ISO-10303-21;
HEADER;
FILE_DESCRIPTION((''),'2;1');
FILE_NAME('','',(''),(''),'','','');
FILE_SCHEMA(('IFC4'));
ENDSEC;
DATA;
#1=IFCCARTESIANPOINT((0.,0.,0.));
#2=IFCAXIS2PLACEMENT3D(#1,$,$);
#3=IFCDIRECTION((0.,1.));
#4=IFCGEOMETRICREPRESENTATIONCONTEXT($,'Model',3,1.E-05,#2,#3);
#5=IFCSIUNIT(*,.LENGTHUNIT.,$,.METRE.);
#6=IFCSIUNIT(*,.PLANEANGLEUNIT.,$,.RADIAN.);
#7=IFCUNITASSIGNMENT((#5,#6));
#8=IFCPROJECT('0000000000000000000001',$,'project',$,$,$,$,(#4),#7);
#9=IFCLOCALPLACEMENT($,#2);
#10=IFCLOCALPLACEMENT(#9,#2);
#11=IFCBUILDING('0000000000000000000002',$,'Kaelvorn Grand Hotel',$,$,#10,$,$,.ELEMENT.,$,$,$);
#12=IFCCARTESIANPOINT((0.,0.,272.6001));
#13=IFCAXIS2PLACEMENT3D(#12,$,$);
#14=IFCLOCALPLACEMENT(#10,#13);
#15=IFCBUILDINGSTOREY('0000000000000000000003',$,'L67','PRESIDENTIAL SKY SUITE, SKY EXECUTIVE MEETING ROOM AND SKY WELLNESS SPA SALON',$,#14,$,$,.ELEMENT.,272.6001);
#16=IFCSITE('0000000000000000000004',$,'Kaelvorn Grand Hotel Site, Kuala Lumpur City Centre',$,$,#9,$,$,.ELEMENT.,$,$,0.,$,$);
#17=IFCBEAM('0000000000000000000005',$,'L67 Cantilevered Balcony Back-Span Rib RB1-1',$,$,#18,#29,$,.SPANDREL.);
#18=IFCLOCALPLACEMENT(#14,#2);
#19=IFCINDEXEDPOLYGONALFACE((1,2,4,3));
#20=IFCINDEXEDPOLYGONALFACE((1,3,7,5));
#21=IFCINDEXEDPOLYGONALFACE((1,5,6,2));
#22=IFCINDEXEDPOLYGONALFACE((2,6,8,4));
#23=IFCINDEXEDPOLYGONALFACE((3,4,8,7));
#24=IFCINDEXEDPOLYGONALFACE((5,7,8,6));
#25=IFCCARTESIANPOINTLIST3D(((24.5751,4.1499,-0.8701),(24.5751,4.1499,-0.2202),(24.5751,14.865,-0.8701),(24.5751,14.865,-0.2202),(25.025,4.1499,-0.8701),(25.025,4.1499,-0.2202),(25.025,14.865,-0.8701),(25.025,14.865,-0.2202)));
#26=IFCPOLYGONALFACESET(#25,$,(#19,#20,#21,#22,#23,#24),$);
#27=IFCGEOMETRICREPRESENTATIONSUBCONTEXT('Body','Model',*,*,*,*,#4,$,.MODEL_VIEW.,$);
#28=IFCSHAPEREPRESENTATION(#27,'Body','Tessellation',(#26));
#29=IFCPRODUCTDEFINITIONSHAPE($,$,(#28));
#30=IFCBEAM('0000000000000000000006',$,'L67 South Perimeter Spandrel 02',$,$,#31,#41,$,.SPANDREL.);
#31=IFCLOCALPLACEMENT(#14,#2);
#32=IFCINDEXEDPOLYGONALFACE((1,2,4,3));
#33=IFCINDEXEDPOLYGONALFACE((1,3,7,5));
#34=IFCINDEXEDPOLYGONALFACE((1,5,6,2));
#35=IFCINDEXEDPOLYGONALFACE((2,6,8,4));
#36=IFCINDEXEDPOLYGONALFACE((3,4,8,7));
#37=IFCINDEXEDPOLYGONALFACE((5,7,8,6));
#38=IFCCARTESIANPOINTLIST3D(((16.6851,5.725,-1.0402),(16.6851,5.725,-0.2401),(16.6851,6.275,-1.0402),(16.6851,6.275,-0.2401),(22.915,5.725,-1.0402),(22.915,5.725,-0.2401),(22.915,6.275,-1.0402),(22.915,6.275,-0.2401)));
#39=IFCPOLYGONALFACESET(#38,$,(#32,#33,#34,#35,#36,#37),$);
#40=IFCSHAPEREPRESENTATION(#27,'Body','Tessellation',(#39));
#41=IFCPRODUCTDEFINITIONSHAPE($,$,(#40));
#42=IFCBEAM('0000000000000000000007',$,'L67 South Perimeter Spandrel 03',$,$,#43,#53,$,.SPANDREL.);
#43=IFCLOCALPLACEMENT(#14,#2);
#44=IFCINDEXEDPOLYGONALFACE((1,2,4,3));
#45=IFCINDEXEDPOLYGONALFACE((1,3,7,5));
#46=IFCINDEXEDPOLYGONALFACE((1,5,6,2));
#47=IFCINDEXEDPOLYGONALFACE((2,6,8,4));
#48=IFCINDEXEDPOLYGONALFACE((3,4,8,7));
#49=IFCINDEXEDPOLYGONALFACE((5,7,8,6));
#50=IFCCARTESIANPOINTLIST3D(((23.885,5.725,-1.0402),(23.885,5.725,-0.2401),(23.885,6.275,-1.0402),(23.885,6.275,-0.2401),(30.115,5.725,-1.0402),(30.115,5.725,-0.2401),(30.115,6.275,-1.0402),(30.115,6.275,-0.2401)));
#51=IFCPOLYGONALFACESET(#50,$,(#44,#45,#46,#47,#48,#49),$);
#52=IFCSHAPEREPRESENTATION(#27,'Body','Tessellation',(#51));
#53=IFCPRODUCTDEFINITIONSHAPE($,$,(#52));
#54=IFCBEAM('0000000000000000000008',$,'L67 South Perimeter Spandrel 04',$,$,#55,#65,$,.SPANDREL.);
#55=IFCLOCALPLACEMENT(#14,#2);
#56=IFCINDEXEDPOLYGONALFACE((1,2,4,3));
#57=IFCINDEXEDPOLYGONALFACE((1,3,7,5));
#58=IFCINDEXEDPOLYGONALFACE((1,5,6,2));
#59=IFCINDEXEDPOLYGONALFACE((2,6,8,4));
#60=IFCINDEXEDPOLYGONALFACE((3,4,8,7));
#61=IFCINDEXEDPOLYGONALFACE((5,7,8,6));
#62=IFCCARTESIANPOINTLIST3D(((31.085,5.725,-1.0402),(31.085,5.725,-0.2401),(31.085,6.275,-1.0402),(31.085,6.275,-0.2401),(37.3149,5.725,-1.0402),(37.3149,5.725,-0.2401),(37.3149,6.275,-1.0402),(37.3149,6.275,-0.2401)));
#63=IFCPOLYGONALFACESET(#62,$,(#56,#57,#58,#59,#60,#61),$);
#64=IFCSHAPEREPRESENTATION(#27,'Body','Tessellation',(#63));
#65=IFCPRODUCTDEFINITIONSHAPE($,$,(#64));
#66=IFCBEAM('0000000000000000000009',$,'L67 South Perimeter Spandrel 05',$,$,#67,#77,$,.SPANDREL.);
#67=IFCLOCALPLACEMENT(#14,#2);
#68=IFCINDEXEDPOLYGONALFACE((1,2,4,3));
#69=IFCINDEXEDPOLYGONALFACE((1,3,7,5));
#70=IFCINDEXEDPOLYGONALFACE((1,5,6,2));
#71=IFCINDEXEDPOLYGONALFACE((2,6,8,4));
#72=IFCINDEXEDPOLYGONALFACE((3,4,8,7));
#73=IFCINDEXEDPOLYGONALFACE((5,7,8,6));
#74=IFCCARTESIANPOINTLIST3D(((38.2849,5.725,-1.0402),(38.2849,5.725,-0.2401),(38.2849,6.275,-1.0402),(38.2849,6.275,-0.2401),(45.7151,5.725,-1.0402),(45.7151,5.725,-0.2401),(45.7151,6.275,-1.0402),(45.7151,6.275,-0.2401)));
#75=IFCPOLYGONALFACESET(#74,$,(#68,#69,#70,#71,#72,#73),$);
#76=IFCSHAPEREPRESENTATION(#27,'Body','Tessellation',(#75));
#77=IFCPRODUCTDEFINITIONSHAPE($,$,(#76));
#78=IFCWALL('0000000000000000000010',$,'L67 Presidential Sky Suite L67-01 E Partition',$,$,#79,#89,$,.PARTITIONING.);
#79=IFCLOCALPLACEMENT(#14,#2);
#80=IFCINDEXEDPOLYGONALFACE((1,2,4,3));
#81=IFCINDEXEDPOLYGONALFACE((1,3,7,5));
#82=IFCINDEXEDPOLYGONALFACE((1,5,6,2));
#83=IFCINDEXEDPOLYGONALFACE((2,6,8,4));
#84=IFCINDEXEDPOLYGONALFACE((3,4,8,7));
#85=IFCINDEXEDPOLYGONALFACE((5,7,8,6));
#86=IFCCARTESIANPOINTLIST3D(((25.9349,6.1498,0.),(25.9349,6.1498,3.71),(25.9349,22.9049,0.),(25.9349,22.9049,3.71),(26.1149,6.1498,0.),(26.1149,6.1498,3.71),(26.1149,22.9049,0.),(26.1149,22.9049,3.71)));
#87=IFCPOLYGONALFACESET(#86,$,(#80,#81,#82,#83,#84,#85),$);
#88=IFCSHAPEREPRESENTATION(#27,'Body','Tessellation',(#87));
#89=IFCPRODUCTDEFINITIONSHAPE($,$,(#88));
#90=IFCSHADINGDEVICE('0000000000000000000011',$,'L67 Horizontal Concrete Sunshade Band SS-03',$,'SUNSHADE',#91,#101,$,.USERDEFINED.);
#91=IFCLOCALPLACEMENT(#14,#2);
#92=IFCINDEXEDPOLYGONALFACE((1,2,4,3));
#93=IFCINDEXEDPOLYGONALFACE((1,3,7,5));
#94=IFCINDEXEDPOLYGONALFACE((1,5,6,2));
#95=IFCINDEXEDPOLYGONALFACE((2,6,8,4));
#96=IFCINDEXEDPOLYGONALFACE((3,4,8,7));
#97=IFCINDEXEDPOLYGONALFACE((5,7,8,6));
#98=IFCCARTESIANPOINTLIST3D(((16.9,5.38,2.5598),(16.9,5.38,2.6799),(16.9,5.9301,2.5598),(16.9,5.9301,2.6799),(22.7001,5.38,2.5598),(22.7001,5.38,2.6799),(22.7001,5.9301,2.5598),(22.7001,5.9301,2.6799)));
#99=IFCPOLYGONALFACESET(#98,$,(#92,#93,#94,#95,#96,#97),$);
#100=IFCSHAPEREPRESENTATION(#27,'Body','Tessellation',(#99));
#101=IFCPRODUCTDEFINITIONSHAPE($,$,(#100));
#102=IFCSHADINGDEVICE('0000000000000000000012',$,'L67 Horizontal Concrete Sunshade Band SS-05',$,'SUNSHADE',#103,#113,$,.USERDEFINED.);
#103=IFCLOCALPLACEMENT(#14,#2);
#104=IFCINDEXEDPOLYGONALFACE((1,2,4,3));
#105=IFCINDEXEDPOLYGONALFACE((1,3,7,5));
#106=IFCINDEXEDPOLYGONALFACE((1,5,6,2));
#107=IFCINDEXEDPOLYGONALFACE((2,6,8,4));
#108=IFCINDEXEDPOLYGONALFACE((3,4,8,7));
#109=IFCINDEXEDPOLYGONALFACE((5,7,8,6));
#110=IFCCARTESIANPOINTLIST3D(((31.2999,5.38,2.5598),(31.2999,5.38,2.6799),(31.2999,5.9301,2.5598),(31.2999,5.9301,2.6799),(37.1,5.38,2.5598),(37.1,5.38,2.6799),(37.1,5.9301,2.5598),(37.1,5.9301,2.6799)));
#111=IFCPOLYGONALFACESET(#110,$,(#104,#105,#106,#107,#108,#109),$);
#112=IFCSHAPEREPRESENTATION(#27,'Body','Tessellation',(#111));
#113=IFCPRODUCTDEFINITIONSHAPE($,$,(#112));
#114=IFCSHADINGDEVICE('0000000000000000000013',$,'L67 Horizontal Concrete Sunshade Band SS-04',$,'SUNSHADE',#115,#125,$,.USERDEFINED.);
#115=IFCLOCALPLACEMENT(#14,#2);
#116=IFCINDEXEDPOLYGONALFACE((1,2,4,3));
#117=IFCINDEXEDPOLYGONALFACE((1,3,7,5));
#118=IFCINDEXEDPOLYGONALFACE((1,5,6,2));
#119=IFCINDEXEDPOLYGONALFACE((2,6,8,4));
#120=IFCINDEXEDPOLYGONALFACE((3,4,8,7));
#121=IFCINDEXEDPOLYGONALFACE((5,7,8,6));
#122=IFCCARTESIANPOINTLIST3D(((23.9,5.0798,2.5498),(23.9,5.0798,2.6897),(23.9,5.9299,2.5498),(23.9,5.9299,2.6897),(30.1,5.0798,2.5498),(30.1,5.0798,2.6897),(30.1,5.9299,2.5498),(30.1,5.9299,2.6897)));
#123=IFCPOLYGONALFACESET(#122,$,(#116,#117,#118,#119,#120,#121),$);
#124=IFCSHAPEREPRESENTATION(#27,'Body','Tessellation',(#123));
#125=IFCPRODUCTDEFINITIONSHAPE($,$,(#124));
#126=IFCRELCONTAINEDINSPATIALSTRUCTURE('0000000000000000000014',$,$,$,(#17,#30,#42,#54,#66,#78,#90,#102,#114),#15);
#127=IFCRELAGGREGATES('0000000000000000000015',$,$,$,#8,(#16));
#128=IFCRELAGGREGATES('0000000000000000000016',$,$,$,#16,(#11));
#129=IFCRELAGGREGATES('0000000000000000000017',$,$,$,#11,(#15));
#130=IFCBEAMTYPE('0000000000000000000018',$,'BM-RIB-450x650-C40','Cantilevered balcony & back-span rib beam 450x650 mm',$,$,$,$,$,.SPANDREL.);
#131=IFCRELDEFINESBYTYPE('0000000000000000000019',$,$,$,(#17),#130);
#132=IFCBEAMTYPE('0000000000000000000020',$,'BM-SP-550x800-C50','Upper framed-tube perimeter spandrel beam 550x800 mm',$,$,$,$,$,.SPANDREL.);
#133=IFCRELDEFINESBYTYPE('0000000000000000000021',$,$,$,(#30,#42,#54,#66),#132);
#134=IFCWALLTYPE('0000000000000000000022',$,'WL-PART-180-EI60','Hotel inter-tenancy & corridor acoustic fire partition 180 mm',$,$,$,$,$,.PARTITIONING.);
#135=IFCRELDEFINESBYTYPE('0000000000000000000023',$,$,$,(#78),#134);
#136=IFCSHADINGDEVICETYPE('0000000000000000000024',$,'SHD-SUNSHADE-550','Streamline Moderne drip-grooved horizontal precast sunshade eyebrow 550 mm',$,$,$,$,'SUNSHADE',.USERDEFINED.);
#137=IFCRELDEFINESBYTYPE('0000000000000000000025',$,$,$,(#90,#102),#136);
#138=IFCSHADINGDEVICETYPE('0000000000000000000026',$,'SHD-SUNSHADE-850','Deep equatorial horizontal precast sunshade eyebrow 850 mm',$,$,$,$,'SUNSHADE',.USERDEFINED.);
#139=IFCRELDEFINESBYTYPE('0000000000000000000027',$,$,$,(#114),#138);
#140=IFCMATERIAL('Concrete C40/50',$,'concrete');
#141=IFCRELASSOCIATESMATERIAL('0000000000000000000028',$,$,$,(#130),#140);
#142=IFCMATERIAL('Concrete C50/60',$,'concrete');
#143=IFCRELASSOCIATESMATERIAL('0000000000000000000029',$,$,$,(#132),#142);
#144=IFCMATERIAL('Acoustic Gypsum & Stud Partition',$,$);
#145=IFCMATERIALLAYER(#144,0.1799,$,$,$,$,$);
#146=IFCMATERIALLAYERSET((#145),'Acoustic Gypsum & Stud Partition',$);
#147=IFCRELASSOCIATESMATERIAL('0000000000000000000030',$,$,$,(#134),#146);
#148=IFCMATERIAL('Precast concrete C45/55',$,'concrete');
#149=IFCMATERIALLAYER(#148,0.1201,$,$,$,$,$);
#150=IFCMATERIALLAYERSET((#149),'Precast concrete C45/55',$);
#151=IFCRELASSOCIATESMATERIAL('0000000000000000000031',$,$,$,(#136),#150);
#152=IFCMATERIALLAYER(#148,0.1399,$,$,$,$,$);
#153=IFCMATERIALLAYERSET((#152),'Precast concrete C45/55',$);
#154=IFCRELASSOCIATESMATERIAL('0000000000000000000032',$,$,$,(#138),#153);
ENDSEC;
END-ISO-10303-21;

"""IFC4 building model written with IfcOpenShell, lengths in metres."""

from ifc_helpers import new_model, si_unit, direction, frame, frame_2d, origin, origin_2d, place, context, subcontext, project, spatial, rectangle, extrude, material, layer, layer_set, material_profile, profile_set, type_object, element, save


model = new_model("IFC4")

# Units and contexts
model_context = context("Model", 3, precision=1e-05, world=origin(), true_north=direction((0.0, 1.0)))
body_context = subcontext(model_context, "Body", "Model", "MODEL_VIEW")
ifc_project = project(units=[si_unit("LENGTHUNIT", "METRE"), si_unit("PLANEANGLEUNIT", "RADIAN")], contexts=[model_context])

# Site, building, storey
site_placement = place(None, origin())
site = spatial("IfcSite", under=ifc_project, at=site_placement, Name="Kaelvorn Grand Hotel Site, Kuala Lumpur City Centre", CompositionType="ELEMENT", RefElevation=0.0)
building_placement = place(site_placement, origin())
building = spatial("IfcBuilding", under=site, at=building_placement, Name="Kaelvorn Grand Hotel", CompositionType="ELEMENT")
storey_placement = place(building_placement, frame((0.0, 0.0, 272.6001)))
storey = spatial("IfcBuildingStorey", under=building, at=storey_placement, Name="L67", Description="PRESIDENTIAL SKY SUITE, SKY EXECUTIVE MEETING ROOM AND SKY WELLNESS SPA SALON", CompositionType="ELEMENT", Elevation=272.6001)

# Shared definitions
ifc_material_1 = material(Name="Concrete C50/60", Category="concrete")

# Beams
ifc_material_2 = material(Name="Concrete C40/50", Category="concrete")
ifc_material_profile_1 = material_profile(ifc_material_2, rectangle(XDim=0.45, YDim=0.6499, at=origin_2d()), Name="RC RIB 450x650")
ifc_profile_set_1 = profile_set([ifc_material_profile_1], Name="Concrete C40/50")
beam_type_1 = type_object("IfcBeamType", Name="BM-RIB-450x650-C40", Description="Cantilevered balcony & back-span rib beam 450x650 mm", PredefinedType="SPANDREL", material=ifc_profile_set_1)
beam_1_placement = place(storey_placement, frame((24.8, 4.1499, -0.5452), z_axis=(0.0, 1.0, 0.0), x_axis=(-1.0, 0.0, 0.0)))
element("IfcBeam", 1, at=beam_1_placement, inside=storey, type_object=beam_type_1, Name="L67 Cantilevered Balcony Back-Span Rib RB1-1", PredefinedType="SPANDREL", context=body_context, shape_type="SweptSolid", body=[
    extrude(rectangle(XDim=0.45, YDim=0.6499, at=origin_2d()), origin(), (0.0, 0.0, 1.0), 10.7151),
])
ifc_material_profile_2 = material_profile(ifc_material_1, rectangle(XDim=0.55, YDim=0.8, at=origin_2d()), Name="RC SPANDREL 550x800")
ifc_profile_set_2 = profile_set([ifc_material_profile_2], Name="Concrete C50/60")
beam_type_2 = type_object("IfcBeamType", Name="BM-SP-550x800-C50", Description="Upper framed-tube perimeter spandrel beam 550x800 mm", PredefinedType="SPANDREL", material=ifc_profile_set_2)
for number, where, z_axis, x_axis, name in (
    (2, (16.6851, 6.0, -0.6401), (1.0, 0.0, 0.0), (0.0, 1.0, 0.0), "L67 South Perimeter Spandrel 02"),
    (3, (23.885, 6.0, -0.6401), (1.0, 0.0, 0.0), (0.0, 1.0, 0.0), "L67 South Perimeter Spandrel 03"),
    (4, (31.085, 6.0, -0.6401), (1.0, 0.0, 0.0), (0.0, 1.0, 0.0), "L67 South Perimeter Spandrel 04"),
):
    element("IfcBeam", number, at=place(storey_placement, frame(where, z_axis=z_axis, x_axis=x_axis)), inside=storey, type_object=beam_type_2, Name=name, PredefinedType="SPANDREL", context=body_context, shape_type="SweptSolid", body=[
        extrude(rectangle(XDim=0.55, YDim=0.8, at=origin_2d()), origin(), (0.0, 0.0, 1.0), 6.23),
    ])
beam_2_placement = place(storey_placement, frame((38.2849, 6.0, -0.6401), z_axis=(1.0, 0.0, 0.0), x_axis=(0.0, 1.0, 0.0)))
element("IfcBeam", 5, at=beam_2_placement, inside=storey, type_object=beam_type_2, Name="L67 South Perimeter Spandrel 05", PredefinedType="SPANDREL", context=body_context, shape_type="SweptSolid", body=[
    extrude(rectangle(XDim=0.55, YDim=0.8, at=origin_2d()), origin(), (0.0, 0.0, 1.0), 7.4302),
])

# Wall
ifc_material_3 = material(Name="Acoustic Gypsum & Stud Partition")
ifc_layer_1 = layer(ifc_material_3, 0.1799)
ifc_layer_set_1 = layer_set([ifc_layer_1], Name="Acoustic Gypsum & Stud Partition")
wall_type = type_object("IfcWallType", Name="WL-PART-180-EI60", Description="Hotel inter-tenancy & corridor acoustic fire partition 180 mm", PredefinedType="PARTITIONING", material=ifc_layer_set_1)
wall_placement = place(storey_placement, frame((26.0249, 6.1499, 0.0), z_axis=(0.0, 0.0, 1.0), x_axis=(0.0, 1.0, 0.0)))
element("IfcWall", 6, at=wall_placement, inside=storey, type_object=wall_type, Name="L67 Presidential Sky Suite L67-01 E Partition", PredefinedType="PARTITIONING", context=body_context, shape_type="SweptSolid", body=[
    extrude(rectangle(XDim=16.7551, YDim=0.1799, at=frame_2d((8.3774, 0.0))), origin(), (0.0, 0.0, 1.0), 3.71),
])

# Shading devices
ifc_material_4 = material(Name="Precast concrete C45/55", Category="concrete")
ifc_layer_2 = layer(ifc_material_4, 0.1201)
ifc_layer_set_2 = layer_set([ifc_layer_2], Name="Precast concrete C45/55")
shading_device_type_1 = type_object("IfcShadingDeviceType", Name="SHD-SUNSHADE-550", Description="Streamline Moderne drip-grooved horizontal precast sunshade eyebrow 550 mm", ElementType="SUNSHADE", PredefinedType="USERDEFINED", material=ifc_layer_set_2)
for number, where, z_axis, x_axis, name in (
    (7, (19.8, 5.655, 2.5598), (0.0, 0.0, 1.0), (1.0, 0.0, 0.0), "L67 Horizontal Concrete Sunshade Band SS-03"),
    (8, (34.2, 5.655, 2.5598), (0.0, 0.0, 1.0), (1.0, 0.0, 0.0), "L67 Horizontal Concrete Sunshade Band SS-05"),
):
    element("IfcShadingDevice", number, at=place(storey_placement, frame(where, z_axis=z_axis, x_axis=x_axis)), inside=storey, type_object=shading_device_type_1, Name=name, ObjectType="SUNSHADE", PredefinedType="USERDEFINED", context=body_context, shape_type="SweptSolid", body=[
        extrude(rectangle(XDim=5.8, YDim=0.55, at=origin_2d()), origin(), (0.0, 0.0, 1.0), 0.1201),
    ])
ifc_layer_3 = layer(ifc_material_4, 0.1399)
ifc_layer_set_3 = layer_set([ifc_layer_3], Name="Precast concrete C45/55")
shading_device_type_2 = type_object("IfcShadingDeviceType", Name="SHD-SUNSHADE-850", Description="Deep equatorial horizontal precast sunshade eyebrow 850 mm", ElementType="SUNSHADE", PredefinedType="USERDEFINED", material=ifc_layer_set_3)
shading_device_placement = place(storey_placement, frame((27.0, 5.5049, 2.5498), z_axis=(0.0, 0.0, 1.0), x_axis=(1.0, 0.0, 0.0)))
element("IfcShadingDevice", 9, at=shading_device_placement, inside=storey, type_object=shading_device_type_2, Name="L67 Horizontal Concrete Sunshade Band SS-04", ObjectType="SUNSHADE", PredefinedType="USERDEFINED", context=body_context, shape_type="SweptSolid", body=[
    extrude(rectangle(XDim=6.2, YDim=0.8501, at=origin_2d()), origin(), (0.0, 0.0, 1.0), 0.1399),
])

save(model, "model.ifc")
